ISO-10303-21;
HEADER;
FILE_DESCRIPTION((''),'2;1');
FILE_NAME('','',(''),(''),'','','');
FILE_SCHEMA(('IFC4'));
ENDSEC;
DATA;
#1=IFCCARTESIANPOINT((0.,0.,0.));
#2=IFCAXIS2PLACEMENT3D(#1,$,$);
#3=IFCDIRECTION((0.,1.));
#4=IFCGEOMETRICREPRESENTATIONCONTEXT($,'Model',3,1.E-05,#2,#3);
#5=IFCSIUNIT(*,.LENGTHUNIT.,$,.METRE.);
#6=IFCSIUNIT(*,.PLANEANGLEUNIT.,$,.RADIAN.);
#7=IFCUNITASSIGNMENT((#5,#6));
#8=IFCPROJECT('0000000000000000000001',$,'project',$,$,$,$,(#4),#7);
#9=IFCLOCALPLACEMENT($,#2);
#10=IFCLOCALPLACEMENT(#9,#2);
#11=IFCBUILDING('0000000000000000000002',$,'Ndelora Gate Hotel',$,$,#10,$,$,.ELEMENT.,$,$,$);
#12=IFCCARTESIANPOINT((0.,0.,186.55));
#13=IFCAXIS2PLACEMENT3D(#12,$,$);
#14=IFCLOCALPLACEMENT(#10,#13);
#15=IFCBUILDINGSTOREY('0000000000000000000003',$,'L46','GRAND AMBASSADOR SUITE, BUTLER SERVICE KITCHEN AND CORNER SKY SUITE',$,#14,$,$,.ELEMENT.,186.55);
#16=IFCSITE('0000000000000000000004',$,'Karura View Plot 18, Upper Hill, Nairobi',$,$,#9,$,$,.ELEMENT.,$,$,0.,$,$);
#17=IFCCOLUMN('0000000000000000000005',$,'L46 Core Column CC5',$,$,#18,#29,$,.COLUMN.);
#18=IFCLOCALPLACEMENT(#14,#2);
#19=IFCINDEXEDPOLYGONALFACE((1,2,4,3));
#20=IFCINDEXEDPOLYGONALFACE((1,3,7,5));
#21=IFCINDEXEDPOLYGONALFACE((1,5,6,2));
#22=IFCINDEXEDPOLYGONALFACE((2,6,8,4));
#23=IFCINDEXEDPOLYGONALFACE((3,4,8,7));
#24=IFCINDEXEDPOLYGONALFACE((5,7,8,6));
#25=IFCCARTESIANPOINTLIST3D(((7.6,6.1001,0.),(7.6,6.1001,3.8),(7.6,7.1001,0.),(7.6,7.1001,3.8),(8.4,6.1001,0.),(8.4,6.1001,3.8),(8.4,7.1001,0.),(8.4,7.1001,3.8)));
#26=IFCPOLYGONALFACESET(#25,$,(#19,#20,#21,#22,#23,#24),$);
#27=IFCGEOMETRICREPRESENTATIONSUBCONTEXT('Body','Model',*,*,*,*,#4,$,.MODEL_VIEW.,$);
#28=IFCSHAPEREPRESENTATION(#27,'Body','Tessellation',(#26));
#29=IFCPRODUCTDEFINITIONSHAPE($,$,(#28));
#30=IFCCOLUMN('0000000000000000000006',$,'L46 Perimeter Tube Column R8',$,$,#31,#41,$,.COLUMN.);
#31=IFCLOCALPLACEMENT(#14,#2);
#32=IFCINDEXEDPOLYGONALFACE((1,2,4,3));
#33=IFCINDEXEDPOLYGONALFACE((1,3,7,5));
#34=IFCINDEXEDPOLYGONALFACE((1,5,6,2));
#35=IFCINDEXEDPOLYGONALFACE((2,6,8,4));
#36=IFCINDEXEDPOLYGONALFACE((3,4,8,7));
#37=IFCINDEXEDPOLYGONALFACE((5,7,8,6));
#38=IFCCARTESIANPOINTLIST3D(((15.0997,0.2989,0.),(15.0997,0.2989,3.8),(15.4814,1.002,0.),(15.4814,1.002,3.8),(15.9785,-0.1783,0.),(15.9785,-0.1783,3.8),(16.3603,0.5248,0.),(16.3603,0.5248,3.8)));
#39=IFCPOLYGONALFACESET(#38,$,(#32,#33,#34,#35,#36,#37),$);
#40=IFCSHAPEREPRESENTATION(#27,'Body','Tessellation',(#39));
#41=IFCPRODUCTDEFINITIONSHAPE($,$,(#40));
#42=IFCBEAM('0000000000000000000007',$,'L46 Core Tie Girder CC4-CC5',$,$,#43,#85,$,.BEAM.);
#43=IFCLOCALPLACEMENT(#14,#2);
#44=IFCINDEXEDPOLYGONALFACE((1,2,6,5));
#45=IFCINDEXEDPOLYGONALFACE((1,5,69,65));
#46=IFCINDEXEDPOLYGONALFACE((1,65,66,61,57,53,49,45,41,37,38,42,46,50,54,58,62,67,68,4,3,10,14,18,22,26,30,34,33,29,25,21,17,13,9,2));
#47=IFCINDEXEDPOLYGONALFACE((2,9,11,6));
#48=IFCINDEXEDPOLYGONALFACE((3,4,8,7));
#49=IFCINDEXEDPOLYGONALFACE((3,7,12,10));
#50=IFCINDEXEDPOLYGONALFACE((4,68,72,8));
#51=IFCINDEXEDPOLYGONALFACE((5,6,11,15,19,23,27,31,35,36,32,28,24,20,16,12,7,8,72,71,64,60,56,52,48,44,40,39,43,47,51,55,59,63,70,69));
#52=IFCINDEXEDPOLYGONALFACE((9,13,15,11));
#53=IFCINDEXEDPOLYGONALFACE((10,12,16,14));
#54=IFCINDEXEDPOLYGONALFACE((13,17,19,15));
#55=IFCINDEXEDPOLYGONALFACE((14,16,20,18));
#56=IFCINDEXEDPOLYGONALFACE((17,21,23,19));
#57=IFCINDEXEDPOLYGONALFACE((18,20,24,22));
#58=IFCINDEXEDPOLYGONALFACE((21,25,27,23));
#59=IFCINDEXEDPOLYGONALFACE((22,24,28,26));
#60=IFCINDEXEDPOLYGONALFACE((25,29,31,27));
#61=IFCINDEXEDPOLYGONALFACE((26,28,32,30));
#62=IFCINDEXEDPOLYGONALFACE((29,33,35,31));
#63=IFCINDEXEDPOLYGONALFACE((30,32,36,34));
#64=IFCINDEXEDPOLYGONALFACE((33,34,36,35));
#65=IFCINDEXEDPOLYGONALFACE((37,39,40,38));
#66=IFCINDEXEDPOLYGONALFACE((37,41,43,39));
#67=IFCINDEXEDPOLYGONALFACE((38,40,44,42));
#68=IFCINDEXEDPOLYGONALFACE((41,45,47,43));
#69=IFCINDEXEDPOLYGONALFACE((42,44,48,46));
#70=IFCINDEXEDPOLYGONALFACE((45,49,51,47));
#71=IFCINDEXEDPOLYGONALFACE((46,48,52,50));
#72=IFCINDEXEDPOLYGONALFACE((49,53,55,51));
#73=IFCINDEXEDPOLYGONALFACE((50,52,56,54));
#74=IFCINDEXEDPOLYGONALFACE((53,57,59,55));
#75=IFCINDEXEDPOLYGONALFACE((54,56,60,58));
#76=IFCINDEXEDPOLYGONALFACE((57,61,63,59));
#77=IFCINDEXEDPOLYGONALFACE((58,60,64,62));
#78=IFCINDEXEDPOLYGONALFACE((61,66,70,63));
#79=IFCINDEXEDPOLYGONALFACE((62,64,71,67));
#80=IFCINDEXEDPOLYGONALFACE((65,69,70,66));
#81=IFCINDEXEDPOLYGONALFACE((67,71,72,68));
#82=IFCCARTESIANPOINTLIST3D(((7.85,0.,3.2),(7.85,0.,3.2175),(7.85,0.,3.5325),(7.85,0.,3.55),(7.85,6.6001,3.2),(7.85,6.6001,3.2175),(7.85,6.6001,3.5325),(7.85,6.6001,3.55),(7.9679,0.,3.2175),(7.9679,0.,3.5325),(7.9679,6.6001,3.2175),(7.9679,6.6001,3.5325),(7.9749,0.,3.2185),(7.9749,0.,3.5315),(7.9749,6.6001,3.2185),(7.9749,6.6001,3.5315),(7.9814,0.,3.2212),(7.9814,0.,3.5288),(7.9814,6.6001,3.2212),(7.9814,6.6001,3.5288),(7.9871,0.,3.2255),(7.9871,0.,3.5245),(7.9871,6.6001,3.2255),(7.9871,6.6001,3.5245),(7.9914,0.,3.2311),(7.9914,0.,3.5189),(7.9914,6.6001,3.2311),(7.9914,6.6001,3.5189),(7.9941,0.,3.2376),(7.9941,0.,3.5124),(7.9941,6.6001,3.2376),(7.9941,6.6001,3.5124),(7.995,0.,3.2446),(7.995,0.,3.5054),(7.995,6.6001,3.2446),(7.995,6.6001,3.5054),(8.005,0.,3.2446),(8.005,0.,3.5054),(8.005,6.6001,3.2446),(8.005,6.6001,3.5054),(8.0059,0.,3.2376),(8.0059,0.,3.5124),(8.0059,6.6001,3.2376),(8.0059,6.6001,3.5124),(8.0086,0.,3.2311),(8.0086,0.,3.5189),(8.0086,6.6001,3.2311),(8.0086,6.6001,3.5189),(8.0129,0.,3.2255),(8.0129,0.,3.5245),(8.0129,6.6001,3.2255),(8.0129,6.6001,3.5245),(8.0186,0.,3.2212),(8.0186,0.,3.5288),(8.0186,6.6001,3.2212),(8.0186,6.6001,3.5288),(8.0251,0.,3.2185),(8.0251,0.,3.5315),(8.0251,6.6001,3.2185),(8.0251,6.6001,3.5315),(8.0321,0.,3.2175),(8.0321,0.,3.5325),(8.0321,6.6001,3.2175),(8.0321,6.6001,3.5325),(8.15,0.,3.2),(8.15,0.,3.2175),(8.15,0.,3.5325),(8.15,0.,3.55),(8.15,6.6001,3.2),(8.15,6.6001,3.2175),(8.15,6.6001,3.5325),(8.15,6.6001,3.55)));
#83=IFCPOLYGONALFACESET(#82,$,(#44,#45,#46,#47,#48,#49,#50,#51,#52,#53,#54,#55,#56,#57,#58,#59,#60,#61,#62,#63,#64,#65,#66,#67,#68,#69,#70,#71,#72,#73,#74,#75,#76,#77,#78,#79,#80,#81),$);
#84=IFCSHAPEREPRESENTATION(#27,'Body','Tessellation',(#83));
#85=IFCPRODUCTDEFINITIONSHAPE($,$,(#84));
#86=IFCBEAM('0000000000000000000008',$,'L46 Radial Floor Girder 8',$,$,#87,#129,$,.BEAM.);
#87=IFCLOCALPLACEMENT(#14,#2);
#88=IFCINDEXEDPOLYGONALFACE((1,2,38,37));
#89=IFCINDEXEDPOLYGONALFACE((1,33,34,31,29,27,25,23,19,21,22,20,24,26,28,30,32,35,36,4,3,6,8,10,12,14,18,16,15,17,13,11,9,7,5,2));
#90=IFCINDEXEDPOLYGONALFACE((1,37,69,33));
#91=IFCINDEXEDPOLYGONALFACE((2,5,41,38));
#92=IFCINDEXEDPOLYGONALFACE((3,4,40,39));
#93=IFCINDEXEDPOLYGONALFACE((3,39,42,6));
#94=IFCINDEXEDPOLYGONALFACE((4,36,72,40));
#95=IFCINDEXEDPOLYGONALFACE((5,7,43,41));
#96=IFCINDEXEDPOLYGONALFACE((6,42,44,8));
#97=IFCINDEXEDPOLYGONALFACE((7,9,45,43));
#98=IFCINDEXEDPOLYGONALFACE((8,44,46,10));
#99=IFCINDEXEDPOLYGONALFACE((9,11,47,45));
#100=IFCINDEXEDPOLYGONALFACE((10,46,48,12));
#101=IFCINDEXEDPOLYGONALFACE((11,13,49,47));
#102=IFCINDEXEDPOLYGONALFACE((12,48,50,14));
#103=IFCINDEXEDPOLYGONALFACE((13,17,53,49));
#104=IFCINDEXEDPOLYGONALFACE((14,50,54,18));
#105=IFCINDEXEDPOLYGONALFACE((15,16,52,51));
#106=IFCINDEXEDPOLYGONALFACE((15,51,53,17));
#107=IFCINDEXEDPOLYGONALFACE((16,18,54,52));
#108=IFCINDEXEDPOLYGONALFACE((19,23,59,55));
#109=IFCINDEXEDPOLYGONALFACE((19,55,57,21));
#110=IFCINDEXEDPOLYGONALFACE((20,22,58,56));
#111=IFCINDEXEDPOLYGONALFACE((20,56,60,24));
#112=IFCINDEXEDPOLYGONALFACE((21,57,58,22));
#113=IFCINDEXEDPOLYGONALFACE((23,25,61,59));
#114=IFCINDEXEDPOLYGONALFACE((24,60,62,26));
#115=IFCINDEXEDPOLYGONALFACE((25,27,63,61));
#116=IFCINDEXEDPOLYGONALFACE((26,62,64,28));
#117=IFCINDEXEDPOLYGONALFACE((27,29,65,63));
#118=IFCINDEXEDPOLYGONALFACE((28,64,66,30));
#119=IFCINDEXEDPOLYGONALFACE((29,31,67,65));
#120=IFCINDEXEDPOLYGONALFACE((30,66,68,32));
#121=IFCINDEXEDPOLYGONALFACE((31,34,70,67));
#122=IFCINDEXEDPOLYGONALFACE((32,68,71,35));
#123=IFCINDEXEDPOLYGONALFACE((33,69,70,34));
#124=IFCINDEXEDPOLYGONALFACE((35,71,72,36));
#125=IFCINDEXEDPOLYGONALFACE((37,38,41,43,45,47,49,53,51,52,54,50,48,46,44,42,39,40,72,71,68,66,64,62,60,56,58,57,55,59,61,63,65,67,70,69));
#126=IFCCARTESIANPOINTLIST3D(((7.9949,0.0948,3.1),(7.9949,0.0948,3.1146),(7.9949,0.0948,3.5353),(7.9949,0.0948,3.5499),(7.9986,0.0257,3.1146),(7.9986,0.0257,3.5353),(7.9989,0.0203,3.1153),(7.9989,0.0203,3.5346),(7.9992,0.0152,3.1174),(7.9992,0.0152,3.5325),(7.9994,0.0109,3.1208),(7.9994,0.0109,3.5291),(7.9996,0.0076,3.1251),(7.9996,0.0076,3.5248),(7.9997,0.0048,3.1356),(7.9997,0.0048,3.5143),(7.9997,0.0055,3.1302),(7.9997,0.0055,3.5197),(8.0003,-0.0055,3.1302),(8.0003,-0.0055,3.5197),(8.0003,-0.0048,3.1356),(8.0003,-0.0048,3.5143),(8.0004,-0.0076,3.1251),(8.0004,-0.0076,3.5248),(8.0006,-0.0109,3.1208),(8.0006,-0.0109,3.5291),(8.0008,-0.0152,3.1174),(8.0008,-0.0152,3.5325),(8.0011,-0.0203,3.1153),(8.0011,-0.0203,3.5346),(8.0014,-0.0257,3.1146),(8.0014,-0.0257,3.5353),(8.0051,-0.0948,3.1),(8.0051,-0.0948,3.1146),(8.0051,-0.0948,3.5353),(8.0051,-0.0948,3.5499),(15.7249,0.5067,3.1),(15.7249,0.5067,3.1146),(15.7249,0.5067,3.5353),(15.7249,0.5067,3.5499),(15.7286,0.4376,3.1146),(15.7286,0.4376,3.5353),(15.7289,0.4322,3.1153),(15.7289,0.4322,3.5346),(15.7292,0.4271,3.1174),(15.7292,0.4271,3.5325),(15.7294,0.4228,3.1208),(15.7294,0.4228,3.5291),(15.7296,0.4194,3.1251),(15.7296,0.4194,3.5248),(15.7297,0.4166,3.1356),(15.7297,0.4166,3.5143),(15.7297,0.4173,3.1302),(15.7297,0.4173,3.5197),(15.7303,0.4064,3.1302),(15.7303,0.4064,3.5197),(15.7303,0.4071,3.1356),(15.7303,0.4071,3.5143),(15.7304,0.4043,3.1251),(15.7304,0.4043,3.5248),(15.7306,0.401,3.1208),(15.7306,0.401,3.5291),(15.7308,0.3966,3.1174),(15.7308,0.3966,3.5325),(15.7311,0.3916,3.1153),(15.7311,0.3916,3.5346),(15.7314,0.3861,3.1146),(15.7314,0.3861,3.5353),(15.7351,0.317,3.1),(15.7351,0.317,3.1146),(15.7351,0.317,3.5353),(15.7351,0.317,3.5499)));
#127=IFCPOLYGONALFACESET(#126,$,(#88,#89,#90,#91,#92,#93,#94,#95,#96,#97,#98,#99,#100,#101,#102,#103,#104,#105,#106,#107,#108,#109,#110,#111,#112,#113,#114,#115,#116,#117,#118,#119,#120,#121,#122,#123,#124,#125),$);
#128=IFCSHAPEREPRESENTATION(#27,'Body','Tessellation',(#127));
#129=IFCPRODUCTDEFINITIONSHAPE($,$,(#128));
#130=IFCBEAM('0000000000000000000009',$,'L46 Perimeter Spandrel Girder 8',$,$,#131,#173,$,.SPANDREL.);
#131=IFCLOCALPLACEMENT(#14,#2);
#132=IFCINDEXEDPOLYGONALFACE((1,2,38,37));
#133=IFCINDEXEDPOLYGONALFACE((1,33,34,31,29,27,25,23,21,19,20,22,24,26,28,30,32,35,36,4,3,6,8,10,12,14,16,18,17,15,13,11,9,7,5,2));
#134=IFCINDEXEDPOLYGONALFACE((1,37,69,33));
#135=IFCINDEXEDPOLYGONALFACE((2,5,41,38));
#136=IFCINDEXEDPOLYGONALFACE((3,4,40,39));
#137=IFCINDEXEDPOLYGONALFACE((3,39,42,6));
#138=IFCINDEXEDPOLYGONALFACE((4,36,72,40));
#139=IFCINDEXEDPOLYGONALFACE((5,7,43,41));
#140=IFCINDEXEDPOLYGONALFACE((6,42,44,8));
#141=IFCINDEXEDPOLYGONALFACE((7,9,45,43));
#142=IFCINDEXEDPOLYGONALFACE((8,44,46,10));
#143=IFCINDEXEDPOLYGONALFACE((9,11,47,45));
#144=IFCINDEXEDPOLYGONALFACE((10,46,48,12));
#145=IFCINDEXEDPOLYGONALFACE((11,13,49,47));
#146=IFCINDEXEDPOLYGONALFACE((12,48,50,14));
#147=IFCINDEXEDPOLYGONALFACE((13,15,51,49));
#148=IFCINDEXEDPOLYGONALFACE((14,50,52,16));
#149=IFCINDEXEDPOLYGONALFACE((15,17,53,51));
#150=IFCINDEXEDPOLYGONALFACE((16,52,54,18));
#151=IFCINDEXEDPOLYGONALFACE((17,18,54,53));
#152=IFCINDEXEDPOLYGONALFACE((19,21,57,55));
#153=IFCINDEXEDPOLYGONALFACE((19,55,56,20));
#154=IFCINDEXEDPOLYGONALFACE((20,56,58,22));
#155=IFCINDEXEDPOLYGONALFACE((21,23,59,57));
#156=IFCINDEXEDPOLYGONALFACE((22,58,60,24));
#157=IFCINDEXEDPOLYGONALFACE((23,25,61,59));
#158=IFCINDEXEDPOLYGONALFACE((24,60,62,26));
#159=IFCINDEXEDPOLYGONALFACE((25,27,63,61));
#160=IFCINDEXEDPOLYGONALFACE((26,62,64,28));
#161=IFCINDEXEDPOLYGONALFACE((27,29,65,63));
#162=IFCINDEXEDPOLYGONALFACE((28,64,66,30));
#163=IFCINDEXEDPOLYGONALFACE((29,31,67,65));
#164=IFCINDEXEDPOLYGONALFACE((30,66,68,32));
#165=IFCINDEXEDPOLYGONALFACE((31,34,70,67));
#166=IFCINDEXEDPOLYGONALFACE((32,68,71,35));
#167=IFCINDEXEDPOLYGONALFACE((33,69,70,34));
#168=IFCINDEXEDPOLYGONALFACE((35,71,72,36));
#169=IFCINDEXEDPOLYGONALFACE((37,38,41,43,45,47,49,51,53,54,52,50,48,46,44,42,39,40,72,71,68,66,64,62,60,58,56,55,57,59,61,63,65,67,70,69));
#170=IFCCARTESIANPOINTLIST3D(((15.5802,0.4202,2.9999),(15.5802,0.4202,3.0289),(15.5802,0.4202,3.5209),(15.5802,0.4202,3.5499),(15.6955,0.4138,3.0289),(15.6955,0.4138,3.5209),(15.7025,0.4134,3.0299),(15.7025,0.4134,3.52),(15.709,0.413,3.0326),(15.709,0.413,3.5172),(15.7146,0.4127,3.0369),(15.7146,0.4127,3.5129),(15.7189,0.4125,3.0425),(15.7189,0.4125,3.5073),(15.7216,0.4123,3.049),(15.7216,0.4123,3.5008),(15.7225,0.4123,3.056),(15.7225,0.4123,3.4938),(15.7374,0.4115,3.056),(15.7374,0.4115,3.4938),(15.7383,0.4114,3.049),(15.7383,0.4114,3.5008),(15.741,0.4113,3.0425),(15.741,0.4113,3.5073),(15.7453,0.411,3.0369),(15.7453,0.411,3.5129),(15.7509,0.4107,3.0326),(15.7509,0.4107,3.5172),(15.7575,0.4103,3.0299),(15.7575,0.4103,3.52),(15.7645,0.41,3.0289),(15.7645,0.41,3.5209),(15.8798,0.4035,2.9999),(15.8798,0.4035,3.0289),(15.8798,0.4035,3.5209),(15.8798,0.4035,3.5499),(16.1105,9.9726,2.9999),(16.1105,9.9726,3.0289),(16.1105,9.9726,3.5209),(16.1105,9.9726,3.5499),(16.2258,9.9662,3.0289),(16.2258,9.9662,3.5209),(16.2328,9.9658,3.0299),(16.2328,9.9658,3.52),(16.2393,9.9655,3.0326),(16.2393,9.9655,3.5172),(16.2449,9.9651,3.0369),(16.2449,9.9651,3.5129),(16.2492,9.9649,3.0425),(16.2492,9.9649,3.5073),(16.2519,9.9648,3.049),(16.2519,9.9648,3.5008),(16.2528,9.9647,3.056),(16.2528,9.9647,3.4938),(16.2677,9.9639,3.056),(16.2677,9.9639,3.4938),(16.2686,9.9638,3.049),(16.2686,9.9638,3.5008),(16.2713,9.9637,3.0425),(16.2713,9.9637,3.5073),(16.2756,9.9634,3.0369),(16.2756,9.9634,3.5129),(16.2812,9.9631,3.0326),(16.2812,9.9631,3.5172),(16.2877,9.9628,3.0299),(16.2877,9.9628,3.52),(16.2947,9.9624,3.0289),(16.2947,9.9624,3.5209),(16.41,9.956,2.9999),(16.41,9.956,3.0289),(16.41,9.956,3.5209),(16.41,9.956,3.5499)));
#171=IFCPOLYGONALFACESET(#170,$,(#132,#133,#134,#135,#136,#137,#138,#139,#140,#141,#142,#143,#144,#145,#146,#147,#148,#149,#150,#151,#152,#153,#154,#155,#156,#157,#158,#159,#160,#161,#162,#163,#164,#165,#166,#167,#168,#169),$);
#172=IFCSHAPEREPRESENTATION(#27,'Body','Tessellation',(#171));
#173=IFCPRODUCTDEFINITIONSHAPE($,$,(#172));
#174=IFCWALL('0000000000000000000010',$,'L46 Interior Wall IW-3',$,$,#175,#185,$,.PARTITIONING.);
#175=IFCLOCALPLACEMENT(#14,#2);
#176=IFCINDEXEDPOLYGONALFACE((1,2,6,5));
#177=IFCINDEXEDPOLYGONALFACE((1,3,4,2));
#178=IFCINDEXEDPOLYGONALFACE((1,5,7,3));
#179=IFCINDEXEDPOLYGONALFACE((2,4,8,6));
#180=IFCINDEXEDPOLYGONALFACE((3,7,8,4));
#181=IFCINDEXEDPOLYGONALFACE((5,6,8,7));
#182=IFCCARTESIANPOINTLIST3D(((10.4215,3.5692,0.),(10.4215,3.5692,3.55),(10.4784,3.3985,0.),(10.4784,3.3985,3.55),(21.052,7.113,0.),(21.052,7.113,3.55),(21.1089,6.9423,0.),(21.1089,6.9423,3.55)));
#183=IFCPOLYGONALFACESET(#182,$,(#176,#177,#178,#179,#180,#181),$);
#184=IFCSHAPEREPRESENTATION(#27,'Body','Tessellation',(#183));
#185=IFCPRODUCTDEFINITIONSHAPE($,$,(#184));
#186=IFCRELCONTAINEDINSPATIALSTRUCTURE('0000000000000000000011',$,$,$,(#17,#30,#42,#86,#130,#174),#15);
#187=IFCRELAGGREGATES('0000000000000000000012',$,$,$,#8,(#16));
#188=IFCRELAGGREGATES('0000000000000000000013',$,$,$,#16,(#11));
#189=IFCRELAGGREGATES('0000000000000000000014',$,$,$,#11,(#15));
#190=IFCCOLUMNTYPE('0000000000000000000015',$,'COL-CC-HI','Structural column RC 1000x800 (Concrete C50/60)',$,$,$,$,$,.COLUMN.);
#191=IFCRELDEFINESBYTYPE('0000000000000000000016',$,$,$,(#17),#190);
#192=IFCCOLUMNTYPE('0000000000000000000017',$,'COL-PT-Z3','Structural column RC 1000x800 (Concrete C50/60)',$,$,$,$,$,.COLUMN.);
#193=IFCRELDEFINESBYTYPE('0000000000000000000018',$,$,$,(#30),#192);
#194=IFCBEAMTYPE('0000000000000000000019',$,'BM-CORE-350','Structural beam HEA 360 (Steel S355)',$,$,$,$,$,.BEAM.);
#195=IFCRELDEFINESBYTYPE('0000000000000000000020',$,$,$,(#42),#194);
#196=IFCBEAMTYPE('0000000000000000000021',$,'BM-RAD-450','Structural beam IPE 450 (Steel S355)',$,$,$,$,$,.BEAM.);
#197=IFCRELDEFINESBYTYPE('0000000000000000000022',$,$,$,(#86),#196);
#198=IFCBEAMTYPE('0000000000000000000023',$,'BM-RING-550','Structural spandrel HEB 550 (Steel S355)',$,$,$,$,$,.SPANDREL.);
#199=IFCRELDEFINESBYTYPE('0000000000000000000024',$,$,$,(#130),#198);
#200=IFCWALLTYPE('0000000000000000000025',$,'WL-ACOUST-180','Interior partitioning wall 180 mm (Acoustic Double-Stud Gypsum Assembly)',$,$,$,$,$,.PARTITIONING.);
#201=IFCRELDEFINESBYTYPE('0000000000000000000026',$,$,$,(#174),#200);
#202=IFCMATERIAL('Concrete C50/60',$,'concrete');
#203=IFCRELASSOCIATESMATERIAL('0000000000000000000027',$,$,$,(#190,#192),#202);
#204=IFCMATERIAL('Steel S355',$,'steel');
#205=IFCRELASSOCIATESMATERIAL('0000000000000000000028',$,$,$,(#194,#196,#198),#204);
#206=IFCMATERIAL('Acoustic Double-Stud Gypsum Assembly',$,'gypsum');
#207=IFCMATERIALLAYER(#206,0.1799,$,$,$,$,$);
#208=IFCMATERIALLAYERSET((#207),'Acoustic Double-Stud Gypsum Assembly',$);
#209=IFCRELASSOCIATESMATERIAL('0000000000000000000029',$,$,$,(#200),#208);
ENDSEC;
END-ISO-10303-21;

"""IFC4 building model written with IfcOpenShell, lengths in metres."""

from ifc_helpers import new_model, si_unit, direction, frame, frame_2d, origin, origin_2d, place, context, subcontext, project, spatial, rectangle, i_section, extrude, material, layer, layer_set, material_profile, profile_set, type_object, element, save


model = new_model("IFC4")

# Units and contexts
model_context = context("Model", 3, precision=1e-05, world=origin(), true_north=direction((0.0, 1.0)))
body_context = subcontext(model_context, "Body", "Model", "MODEL_VIEW")
ifc_project = project(units=[si_unit("LENGTHUNIT", "METRE"), si_unit("PLANEANGLEUNIT", "RADIAN")], contexts=[model_context])

# Site, building, storey
site_placement = place(None, origin())
site = spatial("IfcSite", under=ifc_project, at=site_placement, Name="Karura View Plot 18, Upper Hill, Nairobi", CompositionType="ELEMENT", RefElevation=0.0)
building_placement = place(site_placement, origin())
building = spatial("IfcBuilding", under=site, at=building_placement, Name="Ndelora Gate Hotel", CompositionType="ELEMENT")
storey_placement = place(building_placement, frame((0.0, 0.0, 186.55)))
storey = spatial("IfcBuildingStorey", under=building, at=storey_placement, Name="L46", Description="GRAND AMBASSADOR SUITE, BUTLER SERVICE KITCHEN AND CORNER SKY SUITE", CompositionType="ELEMENT", Elevation=186.55)

# Columns
ifc_material_1 = material(Name="Concrete C50/60", Category="concrete")
ifc_material_profile_1 = material_profile(ifc_material_1, rectangle(XDim=0.8, YDim=1.0, at=origin_2d()), Name="RC 1000x800")
ifc_profile_set_1 = profile_set([ifc_material_profile_1], Name="Concrete C50/60")
column_type_1 = type_object("IfcColumnType", Name="COL-CC-HI", Description="Structural column RC 1000x800 (Concrete C50/60)", PredefinedType="COLUMN", material=ifc_profile_set_1)
column_1_placement = place(storey_placement, frame((8.0, 6.6001, 0.0), z_axis=(0.0, 0.0, 1.0), x_axis=(1.0, 0.0, 0.0)))
element("IfcColumn", 1, at=column_1_placement, inside=storey, type_object=column_type_1, Name="L46 Core Column CC5", PredefinedType="COLUMN", context=body_context, shape_type="SweptSolid", body=[
    extrude(rectangle(XDim=0.8, YDim=1.0, at=origin_2d()), origin(), (0.0, 0.0, 1.0), 3.8),
])
ifc_material_profile_2 = material_profile(ifc_material_1, rectangle(XDim=0.8, YDim=1.0, at=origin_2d()), Name="RC 1000x800")
ifc_profile_set_2 = profile_set([ifc_material_profile_2], Name="Concrete C50/60")
column_type_2 = type_object("IfcColumnType", Name="COL-PT-Z3", Description="Structural column RC 1000x800 (Concrete C50/60)", PredefinedType="COLUMN", material=ifc_profile_set_2)
column_2_placement = place(storey_placement, frame((15.73, 0.4119, 0.0), z_axis=(0.0, 0.0, 1.0), x_axis=(0.477159, 0.878817, 0.0)))
element("IfcColumn", 2, at=column_2_placement, inside=storey, type_object=column_type_2, Name="L46 Perimeter Tube Column R8", PredefinedType="COLUMN", context=body_context, shape_type="SweptSolid", body=[
    extrude(rectangle(XDim=0.8, YDim=1.0, at=origin_2d()), origin(), (0.0, 0.0, 1.0), 3.8),
])

# Beams
ifc_material_2 = material(Name="Steel S355", Category="steel")
ifc_material_profile_3 = material_profile(ifc_material_2, i_section(OverallWidth=0.3, OverallDepth=0.3501, WebThickness=0.01, FlangeThickness=0.0176, FilletRadius=0.0271, at=origin_2d()), Name="HEA 360")
ifc_profile_set_3 = profile_set([ifc_material_profile_3], Name="Steel S355")
beam_type_1 = type_object("IfcBeamType", Name="BM-CORE-350", Description="Structural beam HEA 360 (Steel S355)", PredefinedType="BEAM", material=ifc_profile_set_3)
beam_1_placement = place(storey_placement, frame((8.0, 0.0, 3.375), z_axis=(0.0, 1.0, 0.0), x_axis=(-1.0, 0.0, 0.0)))
element("IfcBeam", 3, at=beam_1_placement, inside=storey, type_object=beam_type_1, Name="L46 Core Tie Girder CC4-CC5", PredefinedType="BEAM", context=body_context, shape_type="SweptSolid", body=[
    extrude(i_section(OverallWidth=0.3, OverallDepth=0.3501, WebThickness=0.01, FlangeThickness=0.0176, FilletRadius=0.0271, at=origin_2d()), origin(), (0.0, 0.0, 1.0), 6.6001),
])
ifc_material_profile_4 = material_profile(ifc_material_2, i_section(OverallWidth=0.1899, OverallDepth=0.45, WebThickness=0.0095, FlangeThickness=0.0146, FilletRadius=0.021, at=origin_2d()), Name="IPE 450")
ifc_profile_set_4 = profile_set([ifc_material_profile_4], Name="Steel S355")
beam_type_2 = type_object("IfcBeamType", Name="BM-RAD-450", Description="Structural beam IPE 450 (Steel S355)", PredefinedType="BEAM", material=ifc_profile_set_4)
beam_2_placement = place(storey_placement, frame((8.0, 0.0, 3.325), z_axis=(0.998584, 0.053206, 0.0), x_axis=(-0.053206, 0.998584, 0.0)))
element("IfcBeam", 4, at=beam_2_placement, inside=storey, type_object=beam_type_2, Name="L46 Radial Floor Girder 8", PredefinedType="BEAM", context=body_context, shape_type="SweptSolid", body=[
    extrude(i_section(OverallWidth=0.1899, OverallDepth=0.45, WebThickness=0.0095, FlangeThickness=0.0146, FilletRadius=0.021, at=origin_2d()), origin(), (0.0, 0.0, 1.0), 7.741),
])
ifc_material_profile_5 = material_profile(ifc_material_2, i_section(OverallWidth=0.3, OverallDepth=0.55, WebThickness=0.0149, FlangeThickness=0.0291, FilletRadius=0.0271, at=origin_2d()), Name="HEB 550")
ifc_profile_set_5 = profile_set([ifc_material_profile_5], Name="Steel S355")
beam_type_3 = type_object("IfcBeamType", Name="BM-RING-550", Description="Structural spandrel HEB 550 (Steel S355)", PredefinedType="SPANDREL", material=ifc_profile_set_5)
beam_3_placement = place(storey_placement, frame((15.73, 0.4119, 3.2749), z_axis=(0.055426, 0.998463, 0.0), x_axis=(-0.998463, 0.055426, 0.0)))
element("IfcBeam", 5, at=beam_3_placement, inside=storey, type_object=beam_type_3, Name="L46 Perimeter Spandrel Girder 8", PredefinedType="SPANDREL", context=body_context, shape_type="SweptSolid", body=[
    extrude(i_section(OverallWidth=0.3, OverallDepth=0.55, WebThickness=0.0149, FlangeThickness=0.0291, FilletRadius=0.0271, at=origin_2d()), origin(), (0.0, 0.0, 1.0), 9.5671),
])

# Wall
ifc_material_3 = material(Name="Acoustic Double-Stud Gypsum Assembly", Category="gypsum")
ifc_layer_1 = layer(ifc_material_3, 0.1799)
ifc_layer_set_1 = layer_set([ifc_layer_1], Name="Acoustic Double-Stud Gypsum Assembly")
wall_type_1 = type_object("IfcWallType", Name="WL-ACOUST-180", Description="Interior partitioning wall 180 mm (Acoustic Double-Stud Gypsum Assembly)", PredefinedType="PARTITIONING", material=ifc_layer_set_1)
wall_1_placement = place(storey_placement, frame((10.45, 3.4839, 0.0), z_axis=(0.0, 0.0, 1.0), x_axis=(0.948677, 0.316247, 0.0)))
element("IfcWall", 6, at=wall_1_placement, inside=storey, type_object=wall_type_1, Name="L46 Interior Wall IW-3", PredefinedType="PARTITIONING", context=body_context, shape_type="SweptSolid", body=[
    extrude(rectangle(XDim=11.2056, YDim=0.1799, at=frame_2d((5.6028, 0.0))), origin(), (0.0, 0.0, 1.0), 3.55),
])

save(model, "model.ifc")
